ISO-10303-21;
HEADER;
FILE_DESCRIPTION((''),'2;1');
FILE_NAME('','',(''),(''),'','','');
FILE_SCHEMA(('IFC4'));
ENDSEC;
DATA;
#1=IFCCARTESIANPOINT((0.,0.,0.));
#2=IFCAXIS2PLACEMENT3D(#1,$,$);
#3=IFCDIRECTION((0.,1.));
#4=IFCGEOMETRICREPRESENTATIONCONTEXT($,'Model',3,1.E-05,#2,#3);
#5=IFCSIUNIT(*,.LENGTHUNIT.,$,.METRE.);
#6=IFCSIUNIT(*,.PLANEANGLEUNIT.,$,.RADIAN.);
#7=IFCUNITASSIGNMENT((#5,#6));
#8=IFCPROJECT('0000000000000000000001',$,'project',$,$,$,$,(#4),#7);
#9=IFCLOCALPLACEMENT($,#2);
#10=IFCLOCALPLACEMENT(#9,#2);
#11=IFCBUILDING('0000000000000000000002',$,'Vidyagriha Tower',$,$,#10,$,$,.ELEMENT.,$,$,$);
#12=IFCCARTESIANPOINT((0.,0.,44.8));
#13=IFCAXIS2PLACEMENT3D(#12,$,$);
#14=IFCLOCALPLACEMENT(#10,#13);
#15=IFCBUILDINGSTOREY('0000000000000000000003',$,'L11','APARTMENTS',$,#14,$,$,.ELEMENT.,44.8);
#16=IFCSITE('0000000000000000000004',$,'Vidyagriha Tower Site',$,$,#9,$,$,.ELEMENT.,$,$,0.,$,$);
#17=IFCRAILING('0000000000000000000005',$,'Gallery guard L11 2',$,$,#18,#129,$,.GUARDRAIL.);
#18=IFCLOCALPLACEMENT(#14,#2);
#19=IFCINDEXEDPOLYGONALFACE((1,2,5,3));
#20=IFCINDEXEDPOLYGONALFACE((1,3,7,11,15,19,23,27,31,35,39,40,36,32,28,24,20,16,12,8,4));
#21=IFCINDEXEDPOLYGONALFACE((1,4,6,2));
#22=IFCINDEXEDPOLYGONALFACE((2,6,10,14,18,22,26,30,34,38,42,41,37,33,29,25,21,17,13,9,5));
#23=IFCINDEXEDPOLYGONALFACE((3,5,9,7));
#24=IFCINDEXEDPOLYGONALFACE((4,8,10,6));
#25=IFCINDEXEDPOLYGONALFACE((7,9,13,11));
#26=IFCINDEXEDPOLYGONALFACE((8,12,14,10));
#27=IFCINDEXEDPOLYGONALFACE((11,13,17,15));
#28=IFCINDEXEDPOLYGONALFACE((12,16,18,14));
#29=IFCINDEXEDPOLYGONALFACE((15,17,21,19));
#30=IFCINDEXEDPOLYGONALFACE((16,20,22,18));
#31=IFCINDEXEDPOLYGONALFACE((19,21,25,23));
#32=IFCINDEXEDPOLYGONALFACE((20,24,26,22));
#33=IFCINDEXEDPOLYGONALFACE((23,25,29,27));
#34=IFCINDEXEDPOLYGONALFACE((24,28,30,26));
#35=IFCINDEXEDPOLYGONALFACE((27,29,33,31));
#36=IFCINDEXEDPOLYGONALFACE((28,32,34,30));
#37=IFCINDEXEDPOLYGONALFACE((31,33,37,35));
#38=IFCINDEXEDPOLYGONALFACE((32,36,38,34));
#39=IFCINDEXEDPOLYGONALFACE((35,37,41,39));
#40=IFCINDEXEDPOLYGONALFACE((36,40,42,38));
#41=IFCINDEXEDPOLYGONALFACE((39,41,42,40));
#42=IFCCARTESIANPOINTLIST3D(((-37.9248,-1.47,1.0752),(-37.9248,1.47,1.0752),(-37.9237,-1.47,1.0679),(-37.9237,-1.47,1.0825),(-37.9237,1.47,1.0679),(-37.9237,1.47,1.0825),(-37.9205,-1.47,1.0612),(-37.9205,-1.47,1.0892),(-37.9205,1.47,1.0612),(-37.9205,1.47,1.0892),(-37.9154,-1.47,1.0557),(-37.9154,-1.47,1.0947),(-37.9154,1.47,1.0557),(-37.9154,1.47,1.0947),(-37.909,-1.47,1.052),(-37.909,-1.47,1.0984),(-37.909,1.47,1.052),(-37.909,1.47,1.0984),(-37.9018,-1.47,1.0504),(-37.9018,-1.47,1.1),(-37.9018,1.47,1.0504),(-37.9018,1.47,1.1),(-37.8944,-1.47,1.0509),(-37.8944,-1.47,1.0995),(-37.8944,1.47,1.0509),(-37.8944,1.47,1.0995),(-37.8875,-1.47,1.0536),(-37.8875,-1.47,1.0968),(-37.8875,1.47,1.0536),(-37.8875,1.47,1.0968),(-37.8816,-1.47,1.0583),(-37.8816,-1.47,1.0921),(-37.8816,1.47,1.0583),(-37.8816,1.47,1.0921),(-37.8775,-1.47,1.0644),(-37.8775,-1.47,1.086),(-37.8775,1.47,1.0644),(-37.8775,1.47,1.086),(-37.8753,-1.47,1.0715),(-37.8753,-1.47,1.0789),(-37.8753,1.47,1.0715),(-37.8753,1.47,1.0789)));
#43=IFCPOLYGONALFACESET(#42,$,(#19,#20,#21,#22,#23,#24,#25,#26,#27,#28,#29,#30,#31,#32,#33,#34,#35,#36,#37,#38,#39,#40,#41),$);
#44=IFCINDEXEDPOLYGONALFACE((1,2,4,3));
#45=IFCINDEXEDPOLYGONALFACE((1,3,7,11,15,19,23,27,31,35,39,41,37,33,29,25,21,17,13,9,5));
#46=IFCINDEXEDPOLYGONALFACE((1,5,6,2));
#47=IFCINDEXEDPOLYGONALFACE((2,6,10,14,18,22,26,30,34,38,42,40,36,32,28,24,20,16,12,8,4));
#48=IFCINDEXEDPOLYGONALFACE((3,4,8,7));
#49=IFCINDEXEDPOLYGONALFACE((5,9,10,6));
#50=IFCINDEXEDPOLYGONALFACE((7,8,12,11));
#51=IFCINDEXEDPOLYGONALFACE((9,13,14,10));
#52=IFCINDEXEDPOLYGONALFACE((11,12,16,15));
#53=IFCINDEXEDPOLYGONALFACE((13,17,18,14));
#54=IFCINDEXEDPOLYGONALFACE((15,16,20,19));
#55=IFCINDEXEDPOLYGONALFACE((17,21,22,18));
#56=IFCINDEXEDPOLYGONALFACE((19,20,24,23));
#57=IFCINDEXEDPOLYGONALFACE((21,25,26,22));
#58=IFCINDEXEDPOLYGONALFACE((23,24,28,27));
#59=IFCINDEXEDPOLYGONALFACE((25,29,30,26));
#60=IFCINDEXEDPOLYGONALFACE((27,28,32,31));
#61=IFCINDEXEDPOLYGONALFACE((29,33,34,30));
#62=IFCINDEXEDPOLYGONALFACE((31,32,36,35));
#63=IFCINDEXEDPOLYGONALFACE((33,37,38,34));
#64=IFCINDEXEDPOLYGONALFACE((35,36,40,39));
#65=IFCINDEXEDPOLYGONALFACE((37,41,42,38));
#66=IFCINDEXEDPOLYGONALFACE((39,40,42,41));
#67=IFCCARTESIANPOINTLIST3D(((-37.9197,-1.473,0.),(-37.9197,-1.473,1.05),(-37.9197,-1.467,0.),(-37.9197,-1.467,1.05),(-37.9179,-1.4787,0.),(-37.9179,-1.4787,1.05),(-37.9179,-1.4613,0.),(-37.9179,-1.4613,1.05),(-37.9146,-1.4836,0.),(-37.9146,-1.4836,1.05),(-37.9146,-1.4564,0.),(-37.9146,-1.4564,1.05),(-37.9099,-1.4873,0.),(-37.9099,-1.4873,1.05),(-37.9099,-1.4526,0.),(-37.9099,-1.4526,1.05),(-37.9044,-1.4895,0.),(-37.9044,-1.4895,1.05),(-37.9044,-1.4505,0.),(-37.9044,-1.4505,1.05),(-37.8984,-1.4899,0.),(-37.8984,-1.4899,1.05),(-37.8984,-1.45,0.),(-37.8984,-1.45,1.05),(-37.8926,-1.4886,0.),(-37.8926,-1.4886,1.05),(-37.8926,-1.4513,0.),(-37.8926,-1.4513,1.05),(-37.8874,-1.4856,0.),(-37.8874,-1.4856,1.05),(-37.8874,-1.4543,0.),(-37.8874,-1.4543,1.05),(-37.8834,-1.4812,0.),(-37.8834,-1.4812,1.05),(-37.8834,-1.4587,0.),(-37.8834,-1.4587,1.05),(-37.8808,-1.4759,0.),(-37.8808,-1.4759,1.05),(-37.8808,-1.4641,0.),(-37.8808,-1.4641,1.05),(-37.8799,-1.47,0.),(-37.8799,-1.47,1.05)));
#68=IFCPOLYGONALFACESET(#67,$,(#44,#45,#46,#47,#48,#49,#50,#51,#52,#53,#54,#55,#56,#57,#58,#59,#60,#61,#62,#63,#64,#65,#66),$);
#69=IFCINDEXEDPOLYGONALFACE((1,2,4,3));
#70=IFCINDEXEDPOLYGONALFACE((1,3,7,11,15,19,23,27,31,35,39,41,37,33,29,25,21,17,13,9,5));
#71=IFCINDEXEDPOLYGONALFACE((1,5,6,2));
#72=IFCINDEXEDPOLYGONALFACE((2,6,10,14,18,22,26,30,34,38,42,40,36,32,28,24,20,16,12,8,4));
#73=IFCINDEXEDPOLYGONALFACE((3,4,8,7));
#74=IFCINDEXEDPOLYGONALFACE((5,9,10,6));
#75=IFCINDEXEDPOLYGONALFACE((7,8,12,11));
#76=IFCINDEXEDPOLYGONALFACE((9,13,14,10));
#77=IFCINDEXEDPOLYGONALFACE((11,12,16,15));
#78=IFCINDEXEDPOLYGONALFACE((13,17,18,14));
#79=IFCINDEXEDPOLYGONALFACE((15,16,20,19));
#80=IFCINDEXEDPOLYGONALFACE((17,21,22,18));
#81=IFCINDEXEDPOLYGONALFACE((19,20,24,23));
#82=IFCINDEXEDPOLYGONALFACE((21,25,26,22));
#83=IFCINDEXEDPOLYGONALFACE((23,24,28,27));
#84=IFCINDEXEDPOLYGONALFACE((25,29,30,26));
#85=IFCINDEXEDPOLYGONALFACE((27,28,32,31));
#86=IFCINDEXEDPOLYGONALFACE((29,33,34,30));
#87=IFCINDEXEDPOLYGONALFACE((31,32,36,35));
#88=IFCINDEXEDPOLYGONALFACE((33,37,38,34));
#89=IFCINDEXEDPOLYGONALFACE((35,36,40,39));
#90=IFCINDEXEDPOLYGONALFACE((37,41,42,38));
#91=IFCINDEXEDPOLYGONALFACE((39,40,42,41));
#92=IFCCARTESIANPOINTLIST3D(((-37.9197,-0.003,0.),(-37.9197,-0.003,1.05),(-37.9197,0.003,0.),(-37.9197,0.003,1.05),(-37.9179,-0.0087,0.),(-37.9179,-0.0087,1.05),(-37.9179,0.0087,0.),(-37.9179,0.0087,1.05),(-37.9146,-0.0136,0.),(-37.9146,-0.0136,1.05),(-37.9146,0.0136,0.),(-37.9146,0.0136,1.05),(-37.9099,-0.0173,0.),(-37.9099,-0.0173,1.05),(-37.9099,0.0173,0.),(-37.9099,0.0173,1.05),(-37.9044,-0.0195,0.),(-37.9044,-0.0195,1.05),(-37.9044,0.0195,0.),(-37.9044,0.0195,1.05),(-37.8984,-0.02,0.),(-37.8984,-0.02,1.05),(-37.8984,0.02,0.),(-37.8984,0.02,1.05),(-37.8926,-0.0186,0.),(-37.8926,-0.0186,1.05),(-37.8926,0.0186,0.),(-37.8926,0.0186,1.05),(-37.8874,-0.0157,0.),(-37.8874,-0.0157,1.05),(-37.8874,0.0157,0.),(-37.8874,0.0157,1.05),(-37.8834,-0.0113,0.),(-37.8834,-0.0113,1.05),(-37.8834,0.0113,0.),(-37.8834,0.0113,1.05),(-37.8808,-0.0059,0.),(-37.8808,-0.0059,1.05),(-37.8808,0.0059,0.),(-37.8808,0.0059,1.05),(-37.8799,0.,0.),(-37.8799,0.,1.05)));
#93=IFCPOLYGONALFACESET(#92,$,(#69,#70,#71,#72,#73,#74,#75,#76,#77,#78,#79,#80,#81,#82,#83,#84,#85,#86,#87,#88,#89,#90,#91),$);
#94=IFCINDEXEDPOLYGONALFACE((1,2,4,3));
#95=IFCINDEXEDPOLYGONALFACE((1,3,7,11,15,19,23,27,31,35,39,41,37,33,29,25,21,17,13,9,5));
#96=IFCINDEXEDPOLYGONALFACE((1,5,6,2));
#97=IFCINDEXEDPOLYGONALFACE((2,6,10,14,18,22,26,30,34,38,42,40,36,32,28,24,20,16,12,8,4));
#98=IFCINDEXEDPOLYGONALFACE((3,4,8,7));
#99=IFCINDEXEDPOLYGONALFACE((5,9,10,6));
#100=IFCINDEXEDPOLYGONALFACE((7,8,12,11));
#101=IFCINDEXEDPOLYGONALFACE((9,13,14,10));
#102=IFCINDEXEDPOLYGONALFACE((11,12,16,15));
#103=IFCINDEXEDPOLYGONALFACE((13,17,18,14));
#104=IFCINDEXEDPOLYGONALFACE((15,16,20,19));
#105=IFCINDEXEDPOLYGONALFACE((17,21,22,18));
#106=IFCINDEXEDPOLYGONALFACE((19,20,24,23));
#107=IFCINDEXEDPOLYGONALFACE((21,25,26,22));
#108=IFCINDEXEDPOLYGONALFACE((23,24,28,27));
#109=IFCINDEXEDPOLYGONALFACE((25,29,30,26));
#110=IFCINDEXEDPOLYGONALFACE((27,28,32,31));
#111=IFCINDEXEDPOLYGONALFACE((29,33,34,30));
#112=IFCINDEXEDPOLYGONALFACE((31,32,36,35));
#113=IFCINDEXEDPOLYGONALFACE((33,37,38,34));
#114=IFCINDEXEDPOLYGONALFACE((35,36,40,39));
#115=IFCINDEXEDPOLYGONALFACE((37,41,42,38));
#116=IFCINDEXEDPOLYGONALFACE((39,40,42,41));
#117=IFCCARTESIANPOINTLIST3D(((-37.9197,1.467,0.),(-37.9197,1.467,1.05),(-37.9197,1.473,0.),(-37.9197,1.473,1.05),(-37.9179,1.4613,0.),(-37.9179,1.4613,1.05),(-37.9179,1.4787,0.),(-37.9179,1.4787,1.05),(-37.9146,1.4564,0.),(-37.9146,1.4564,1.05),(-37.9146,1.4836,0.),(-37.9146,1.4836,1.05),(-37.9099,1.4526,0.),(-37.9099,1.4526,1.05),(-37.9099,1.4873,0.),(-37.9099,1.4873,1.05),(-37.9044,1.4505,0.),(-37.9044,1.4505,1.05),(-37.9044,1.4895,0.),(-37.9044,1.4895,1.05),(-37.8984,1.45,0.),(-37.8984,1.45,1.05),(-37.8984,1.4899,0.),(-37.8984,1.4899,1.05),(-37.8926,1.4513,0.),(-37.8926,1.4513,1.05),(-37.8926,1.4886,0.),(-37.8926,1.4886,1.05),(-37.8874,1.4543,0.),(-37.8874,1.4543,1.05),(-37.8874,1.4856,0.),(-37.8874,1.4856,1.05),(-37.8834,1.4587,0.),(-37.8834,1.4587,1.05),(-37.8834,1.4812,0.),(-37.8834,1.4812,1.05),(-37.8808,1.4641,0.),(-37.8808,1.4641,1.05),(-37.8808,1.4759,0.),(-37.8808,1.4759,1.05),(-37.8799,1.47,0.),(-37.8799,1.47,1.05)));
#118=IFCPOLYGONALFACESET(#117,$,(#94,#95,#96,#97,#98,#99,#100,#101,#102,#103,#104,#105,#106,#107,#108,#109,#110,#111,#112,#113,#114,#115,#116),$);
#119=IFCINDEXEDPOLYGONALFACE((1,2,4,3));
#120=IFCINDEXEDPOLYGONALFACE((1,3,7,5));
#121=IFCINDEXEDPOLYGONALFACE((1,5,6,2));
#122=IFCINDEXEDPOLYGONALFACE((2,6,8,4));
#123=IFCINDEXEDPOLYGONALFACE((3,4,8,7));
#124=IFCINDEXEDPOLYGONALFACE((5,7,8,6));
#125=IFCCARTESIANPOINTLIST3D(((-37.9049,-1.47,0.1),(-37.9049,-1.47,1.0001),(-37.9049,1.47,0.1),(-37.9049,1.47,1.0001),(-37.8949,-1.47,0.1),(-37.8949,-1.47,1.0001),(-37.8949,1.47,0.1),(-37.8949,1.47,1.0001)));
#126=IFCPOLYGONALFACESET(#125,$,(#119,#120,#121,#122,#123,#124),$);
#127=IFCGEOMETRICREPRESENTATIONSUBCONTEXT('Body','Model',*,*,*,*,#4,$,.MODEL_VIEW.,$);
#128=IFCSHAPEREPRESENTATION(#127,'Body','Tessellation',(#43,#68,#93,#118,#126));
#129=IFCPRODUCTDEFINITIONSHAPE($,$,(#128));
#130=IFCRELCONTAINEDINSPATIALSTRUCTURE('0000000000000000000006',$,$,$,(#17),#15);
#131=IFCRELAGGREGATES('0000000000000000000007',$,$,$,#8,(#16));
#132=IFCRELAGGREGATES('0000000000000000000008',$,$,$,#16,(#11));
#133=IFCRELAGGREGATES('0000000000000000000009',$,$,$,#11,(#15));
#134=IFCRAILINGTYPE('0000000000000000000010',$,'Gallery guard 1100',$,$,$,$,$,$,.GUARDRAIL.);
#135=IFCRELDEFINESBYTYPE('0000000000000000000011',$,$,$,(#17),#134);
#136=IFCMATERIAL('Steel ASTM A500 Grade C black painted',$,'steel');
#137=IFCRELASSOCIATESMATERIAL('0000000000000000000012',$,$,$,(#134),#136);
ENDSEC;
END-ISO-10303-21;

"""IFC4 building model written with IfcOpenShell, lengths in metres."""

from ifc_helpers import new_model, si_unit, direction, frame, origin, origin_2d, place, context, subcontext, project, spatial, rectangle, circle, extrude, material, type_object, element, save


model = new_model("IFC4")

# Units and contexts
model_context = context("Model", 3, precision=1e-05, world=origin(), true_north=direction((0.0, 1.0)))
body_context = subcontext(model_context, "Body", "Model", "MODEL_VIEW")
ifc_project = project(units=[si_unit("LENGTHUNIT", "METRE"), si_unit("PLANEANGLEUNIT", "RADIAN")], contexts=[model_context])

# Site, building, storey
site_placement = place(None, origin())
site = spatial("IfcSite", under=ifc_project, at=site_placement, Name="Vidyagriha Tower Site", CompositionType="ELEMENT", RefElevation=0.0)
building_placement = place(site_placement, origin())
building = spatial("IfcBuilding", under=site, at=building_placement, Name="Vidyagriha Tower", CompositionType="ELEMENT")
storey_placement = place(building_placement, frame((0.0, 0.0, 44.8)))
storey = spatial("IfcBuildingStorey", under=building, at=storey_placement, Name="L11", Description="APARTMENTS", CompositionType="ELEMENT", Elevation=44.8)

# Railing
ifc_material_1 = material(Name="Steel ASTM A500 Grade C black painted", Category="steel")
railing_type_1 = type_object("IfcRailingType", Name="Gallery guard 1100", PredefinedType="GUARDRAIL", material=ifc_material_1)
railing_1_placement = place(storey_placement, frame((-37.8999, -1.47, 0.0)))
element("IfcRailing", 1, at=railing_1_placement, inside=storey, type_object=railing_type_1, Name="Gallery guard L11 2", PredefinedType="GUARDRAIL", context=body_context, shape_type="SweptSolid", body=[
    extrude(circle(Radius=0.0249, at=origin_2d()), frame((0.0, 0.0, 1.0752), z_axis=(0.0, 1.0, 0.0), x_axis=(-1.0, 0.0, 0.0)), (0.0, 0.0, 1.0), 2.9399),
    extrude(circle(Radius=0.02, at=origin_2d()), origin(), (0.0, 0.0, 1.0), 1.05),
    extrude(circle(Radius=0.02, at=origin_2d()), frame((0.0, 1.47, 0.0)), (0.0, 0.0, 1.0), 1.05),
    extrude(circle(Radius=0.02, at=origin_2d()), frame((0.0, 2.9399, 0.0)), (0.0, 0.0, 1.0), 1.05),
    extrude(rectangle(XDim=0.01, YDim=0.9001, at=origin_2d()), frame((0.0, 0.0, 0.55), z_axis=(0.0, 1.0, 0.0), x_axis=(-1.0, 0.0, 0.0)), (0.0, 0.0, 1.0), 2.9399),
])

save(model, "model.ifc")
